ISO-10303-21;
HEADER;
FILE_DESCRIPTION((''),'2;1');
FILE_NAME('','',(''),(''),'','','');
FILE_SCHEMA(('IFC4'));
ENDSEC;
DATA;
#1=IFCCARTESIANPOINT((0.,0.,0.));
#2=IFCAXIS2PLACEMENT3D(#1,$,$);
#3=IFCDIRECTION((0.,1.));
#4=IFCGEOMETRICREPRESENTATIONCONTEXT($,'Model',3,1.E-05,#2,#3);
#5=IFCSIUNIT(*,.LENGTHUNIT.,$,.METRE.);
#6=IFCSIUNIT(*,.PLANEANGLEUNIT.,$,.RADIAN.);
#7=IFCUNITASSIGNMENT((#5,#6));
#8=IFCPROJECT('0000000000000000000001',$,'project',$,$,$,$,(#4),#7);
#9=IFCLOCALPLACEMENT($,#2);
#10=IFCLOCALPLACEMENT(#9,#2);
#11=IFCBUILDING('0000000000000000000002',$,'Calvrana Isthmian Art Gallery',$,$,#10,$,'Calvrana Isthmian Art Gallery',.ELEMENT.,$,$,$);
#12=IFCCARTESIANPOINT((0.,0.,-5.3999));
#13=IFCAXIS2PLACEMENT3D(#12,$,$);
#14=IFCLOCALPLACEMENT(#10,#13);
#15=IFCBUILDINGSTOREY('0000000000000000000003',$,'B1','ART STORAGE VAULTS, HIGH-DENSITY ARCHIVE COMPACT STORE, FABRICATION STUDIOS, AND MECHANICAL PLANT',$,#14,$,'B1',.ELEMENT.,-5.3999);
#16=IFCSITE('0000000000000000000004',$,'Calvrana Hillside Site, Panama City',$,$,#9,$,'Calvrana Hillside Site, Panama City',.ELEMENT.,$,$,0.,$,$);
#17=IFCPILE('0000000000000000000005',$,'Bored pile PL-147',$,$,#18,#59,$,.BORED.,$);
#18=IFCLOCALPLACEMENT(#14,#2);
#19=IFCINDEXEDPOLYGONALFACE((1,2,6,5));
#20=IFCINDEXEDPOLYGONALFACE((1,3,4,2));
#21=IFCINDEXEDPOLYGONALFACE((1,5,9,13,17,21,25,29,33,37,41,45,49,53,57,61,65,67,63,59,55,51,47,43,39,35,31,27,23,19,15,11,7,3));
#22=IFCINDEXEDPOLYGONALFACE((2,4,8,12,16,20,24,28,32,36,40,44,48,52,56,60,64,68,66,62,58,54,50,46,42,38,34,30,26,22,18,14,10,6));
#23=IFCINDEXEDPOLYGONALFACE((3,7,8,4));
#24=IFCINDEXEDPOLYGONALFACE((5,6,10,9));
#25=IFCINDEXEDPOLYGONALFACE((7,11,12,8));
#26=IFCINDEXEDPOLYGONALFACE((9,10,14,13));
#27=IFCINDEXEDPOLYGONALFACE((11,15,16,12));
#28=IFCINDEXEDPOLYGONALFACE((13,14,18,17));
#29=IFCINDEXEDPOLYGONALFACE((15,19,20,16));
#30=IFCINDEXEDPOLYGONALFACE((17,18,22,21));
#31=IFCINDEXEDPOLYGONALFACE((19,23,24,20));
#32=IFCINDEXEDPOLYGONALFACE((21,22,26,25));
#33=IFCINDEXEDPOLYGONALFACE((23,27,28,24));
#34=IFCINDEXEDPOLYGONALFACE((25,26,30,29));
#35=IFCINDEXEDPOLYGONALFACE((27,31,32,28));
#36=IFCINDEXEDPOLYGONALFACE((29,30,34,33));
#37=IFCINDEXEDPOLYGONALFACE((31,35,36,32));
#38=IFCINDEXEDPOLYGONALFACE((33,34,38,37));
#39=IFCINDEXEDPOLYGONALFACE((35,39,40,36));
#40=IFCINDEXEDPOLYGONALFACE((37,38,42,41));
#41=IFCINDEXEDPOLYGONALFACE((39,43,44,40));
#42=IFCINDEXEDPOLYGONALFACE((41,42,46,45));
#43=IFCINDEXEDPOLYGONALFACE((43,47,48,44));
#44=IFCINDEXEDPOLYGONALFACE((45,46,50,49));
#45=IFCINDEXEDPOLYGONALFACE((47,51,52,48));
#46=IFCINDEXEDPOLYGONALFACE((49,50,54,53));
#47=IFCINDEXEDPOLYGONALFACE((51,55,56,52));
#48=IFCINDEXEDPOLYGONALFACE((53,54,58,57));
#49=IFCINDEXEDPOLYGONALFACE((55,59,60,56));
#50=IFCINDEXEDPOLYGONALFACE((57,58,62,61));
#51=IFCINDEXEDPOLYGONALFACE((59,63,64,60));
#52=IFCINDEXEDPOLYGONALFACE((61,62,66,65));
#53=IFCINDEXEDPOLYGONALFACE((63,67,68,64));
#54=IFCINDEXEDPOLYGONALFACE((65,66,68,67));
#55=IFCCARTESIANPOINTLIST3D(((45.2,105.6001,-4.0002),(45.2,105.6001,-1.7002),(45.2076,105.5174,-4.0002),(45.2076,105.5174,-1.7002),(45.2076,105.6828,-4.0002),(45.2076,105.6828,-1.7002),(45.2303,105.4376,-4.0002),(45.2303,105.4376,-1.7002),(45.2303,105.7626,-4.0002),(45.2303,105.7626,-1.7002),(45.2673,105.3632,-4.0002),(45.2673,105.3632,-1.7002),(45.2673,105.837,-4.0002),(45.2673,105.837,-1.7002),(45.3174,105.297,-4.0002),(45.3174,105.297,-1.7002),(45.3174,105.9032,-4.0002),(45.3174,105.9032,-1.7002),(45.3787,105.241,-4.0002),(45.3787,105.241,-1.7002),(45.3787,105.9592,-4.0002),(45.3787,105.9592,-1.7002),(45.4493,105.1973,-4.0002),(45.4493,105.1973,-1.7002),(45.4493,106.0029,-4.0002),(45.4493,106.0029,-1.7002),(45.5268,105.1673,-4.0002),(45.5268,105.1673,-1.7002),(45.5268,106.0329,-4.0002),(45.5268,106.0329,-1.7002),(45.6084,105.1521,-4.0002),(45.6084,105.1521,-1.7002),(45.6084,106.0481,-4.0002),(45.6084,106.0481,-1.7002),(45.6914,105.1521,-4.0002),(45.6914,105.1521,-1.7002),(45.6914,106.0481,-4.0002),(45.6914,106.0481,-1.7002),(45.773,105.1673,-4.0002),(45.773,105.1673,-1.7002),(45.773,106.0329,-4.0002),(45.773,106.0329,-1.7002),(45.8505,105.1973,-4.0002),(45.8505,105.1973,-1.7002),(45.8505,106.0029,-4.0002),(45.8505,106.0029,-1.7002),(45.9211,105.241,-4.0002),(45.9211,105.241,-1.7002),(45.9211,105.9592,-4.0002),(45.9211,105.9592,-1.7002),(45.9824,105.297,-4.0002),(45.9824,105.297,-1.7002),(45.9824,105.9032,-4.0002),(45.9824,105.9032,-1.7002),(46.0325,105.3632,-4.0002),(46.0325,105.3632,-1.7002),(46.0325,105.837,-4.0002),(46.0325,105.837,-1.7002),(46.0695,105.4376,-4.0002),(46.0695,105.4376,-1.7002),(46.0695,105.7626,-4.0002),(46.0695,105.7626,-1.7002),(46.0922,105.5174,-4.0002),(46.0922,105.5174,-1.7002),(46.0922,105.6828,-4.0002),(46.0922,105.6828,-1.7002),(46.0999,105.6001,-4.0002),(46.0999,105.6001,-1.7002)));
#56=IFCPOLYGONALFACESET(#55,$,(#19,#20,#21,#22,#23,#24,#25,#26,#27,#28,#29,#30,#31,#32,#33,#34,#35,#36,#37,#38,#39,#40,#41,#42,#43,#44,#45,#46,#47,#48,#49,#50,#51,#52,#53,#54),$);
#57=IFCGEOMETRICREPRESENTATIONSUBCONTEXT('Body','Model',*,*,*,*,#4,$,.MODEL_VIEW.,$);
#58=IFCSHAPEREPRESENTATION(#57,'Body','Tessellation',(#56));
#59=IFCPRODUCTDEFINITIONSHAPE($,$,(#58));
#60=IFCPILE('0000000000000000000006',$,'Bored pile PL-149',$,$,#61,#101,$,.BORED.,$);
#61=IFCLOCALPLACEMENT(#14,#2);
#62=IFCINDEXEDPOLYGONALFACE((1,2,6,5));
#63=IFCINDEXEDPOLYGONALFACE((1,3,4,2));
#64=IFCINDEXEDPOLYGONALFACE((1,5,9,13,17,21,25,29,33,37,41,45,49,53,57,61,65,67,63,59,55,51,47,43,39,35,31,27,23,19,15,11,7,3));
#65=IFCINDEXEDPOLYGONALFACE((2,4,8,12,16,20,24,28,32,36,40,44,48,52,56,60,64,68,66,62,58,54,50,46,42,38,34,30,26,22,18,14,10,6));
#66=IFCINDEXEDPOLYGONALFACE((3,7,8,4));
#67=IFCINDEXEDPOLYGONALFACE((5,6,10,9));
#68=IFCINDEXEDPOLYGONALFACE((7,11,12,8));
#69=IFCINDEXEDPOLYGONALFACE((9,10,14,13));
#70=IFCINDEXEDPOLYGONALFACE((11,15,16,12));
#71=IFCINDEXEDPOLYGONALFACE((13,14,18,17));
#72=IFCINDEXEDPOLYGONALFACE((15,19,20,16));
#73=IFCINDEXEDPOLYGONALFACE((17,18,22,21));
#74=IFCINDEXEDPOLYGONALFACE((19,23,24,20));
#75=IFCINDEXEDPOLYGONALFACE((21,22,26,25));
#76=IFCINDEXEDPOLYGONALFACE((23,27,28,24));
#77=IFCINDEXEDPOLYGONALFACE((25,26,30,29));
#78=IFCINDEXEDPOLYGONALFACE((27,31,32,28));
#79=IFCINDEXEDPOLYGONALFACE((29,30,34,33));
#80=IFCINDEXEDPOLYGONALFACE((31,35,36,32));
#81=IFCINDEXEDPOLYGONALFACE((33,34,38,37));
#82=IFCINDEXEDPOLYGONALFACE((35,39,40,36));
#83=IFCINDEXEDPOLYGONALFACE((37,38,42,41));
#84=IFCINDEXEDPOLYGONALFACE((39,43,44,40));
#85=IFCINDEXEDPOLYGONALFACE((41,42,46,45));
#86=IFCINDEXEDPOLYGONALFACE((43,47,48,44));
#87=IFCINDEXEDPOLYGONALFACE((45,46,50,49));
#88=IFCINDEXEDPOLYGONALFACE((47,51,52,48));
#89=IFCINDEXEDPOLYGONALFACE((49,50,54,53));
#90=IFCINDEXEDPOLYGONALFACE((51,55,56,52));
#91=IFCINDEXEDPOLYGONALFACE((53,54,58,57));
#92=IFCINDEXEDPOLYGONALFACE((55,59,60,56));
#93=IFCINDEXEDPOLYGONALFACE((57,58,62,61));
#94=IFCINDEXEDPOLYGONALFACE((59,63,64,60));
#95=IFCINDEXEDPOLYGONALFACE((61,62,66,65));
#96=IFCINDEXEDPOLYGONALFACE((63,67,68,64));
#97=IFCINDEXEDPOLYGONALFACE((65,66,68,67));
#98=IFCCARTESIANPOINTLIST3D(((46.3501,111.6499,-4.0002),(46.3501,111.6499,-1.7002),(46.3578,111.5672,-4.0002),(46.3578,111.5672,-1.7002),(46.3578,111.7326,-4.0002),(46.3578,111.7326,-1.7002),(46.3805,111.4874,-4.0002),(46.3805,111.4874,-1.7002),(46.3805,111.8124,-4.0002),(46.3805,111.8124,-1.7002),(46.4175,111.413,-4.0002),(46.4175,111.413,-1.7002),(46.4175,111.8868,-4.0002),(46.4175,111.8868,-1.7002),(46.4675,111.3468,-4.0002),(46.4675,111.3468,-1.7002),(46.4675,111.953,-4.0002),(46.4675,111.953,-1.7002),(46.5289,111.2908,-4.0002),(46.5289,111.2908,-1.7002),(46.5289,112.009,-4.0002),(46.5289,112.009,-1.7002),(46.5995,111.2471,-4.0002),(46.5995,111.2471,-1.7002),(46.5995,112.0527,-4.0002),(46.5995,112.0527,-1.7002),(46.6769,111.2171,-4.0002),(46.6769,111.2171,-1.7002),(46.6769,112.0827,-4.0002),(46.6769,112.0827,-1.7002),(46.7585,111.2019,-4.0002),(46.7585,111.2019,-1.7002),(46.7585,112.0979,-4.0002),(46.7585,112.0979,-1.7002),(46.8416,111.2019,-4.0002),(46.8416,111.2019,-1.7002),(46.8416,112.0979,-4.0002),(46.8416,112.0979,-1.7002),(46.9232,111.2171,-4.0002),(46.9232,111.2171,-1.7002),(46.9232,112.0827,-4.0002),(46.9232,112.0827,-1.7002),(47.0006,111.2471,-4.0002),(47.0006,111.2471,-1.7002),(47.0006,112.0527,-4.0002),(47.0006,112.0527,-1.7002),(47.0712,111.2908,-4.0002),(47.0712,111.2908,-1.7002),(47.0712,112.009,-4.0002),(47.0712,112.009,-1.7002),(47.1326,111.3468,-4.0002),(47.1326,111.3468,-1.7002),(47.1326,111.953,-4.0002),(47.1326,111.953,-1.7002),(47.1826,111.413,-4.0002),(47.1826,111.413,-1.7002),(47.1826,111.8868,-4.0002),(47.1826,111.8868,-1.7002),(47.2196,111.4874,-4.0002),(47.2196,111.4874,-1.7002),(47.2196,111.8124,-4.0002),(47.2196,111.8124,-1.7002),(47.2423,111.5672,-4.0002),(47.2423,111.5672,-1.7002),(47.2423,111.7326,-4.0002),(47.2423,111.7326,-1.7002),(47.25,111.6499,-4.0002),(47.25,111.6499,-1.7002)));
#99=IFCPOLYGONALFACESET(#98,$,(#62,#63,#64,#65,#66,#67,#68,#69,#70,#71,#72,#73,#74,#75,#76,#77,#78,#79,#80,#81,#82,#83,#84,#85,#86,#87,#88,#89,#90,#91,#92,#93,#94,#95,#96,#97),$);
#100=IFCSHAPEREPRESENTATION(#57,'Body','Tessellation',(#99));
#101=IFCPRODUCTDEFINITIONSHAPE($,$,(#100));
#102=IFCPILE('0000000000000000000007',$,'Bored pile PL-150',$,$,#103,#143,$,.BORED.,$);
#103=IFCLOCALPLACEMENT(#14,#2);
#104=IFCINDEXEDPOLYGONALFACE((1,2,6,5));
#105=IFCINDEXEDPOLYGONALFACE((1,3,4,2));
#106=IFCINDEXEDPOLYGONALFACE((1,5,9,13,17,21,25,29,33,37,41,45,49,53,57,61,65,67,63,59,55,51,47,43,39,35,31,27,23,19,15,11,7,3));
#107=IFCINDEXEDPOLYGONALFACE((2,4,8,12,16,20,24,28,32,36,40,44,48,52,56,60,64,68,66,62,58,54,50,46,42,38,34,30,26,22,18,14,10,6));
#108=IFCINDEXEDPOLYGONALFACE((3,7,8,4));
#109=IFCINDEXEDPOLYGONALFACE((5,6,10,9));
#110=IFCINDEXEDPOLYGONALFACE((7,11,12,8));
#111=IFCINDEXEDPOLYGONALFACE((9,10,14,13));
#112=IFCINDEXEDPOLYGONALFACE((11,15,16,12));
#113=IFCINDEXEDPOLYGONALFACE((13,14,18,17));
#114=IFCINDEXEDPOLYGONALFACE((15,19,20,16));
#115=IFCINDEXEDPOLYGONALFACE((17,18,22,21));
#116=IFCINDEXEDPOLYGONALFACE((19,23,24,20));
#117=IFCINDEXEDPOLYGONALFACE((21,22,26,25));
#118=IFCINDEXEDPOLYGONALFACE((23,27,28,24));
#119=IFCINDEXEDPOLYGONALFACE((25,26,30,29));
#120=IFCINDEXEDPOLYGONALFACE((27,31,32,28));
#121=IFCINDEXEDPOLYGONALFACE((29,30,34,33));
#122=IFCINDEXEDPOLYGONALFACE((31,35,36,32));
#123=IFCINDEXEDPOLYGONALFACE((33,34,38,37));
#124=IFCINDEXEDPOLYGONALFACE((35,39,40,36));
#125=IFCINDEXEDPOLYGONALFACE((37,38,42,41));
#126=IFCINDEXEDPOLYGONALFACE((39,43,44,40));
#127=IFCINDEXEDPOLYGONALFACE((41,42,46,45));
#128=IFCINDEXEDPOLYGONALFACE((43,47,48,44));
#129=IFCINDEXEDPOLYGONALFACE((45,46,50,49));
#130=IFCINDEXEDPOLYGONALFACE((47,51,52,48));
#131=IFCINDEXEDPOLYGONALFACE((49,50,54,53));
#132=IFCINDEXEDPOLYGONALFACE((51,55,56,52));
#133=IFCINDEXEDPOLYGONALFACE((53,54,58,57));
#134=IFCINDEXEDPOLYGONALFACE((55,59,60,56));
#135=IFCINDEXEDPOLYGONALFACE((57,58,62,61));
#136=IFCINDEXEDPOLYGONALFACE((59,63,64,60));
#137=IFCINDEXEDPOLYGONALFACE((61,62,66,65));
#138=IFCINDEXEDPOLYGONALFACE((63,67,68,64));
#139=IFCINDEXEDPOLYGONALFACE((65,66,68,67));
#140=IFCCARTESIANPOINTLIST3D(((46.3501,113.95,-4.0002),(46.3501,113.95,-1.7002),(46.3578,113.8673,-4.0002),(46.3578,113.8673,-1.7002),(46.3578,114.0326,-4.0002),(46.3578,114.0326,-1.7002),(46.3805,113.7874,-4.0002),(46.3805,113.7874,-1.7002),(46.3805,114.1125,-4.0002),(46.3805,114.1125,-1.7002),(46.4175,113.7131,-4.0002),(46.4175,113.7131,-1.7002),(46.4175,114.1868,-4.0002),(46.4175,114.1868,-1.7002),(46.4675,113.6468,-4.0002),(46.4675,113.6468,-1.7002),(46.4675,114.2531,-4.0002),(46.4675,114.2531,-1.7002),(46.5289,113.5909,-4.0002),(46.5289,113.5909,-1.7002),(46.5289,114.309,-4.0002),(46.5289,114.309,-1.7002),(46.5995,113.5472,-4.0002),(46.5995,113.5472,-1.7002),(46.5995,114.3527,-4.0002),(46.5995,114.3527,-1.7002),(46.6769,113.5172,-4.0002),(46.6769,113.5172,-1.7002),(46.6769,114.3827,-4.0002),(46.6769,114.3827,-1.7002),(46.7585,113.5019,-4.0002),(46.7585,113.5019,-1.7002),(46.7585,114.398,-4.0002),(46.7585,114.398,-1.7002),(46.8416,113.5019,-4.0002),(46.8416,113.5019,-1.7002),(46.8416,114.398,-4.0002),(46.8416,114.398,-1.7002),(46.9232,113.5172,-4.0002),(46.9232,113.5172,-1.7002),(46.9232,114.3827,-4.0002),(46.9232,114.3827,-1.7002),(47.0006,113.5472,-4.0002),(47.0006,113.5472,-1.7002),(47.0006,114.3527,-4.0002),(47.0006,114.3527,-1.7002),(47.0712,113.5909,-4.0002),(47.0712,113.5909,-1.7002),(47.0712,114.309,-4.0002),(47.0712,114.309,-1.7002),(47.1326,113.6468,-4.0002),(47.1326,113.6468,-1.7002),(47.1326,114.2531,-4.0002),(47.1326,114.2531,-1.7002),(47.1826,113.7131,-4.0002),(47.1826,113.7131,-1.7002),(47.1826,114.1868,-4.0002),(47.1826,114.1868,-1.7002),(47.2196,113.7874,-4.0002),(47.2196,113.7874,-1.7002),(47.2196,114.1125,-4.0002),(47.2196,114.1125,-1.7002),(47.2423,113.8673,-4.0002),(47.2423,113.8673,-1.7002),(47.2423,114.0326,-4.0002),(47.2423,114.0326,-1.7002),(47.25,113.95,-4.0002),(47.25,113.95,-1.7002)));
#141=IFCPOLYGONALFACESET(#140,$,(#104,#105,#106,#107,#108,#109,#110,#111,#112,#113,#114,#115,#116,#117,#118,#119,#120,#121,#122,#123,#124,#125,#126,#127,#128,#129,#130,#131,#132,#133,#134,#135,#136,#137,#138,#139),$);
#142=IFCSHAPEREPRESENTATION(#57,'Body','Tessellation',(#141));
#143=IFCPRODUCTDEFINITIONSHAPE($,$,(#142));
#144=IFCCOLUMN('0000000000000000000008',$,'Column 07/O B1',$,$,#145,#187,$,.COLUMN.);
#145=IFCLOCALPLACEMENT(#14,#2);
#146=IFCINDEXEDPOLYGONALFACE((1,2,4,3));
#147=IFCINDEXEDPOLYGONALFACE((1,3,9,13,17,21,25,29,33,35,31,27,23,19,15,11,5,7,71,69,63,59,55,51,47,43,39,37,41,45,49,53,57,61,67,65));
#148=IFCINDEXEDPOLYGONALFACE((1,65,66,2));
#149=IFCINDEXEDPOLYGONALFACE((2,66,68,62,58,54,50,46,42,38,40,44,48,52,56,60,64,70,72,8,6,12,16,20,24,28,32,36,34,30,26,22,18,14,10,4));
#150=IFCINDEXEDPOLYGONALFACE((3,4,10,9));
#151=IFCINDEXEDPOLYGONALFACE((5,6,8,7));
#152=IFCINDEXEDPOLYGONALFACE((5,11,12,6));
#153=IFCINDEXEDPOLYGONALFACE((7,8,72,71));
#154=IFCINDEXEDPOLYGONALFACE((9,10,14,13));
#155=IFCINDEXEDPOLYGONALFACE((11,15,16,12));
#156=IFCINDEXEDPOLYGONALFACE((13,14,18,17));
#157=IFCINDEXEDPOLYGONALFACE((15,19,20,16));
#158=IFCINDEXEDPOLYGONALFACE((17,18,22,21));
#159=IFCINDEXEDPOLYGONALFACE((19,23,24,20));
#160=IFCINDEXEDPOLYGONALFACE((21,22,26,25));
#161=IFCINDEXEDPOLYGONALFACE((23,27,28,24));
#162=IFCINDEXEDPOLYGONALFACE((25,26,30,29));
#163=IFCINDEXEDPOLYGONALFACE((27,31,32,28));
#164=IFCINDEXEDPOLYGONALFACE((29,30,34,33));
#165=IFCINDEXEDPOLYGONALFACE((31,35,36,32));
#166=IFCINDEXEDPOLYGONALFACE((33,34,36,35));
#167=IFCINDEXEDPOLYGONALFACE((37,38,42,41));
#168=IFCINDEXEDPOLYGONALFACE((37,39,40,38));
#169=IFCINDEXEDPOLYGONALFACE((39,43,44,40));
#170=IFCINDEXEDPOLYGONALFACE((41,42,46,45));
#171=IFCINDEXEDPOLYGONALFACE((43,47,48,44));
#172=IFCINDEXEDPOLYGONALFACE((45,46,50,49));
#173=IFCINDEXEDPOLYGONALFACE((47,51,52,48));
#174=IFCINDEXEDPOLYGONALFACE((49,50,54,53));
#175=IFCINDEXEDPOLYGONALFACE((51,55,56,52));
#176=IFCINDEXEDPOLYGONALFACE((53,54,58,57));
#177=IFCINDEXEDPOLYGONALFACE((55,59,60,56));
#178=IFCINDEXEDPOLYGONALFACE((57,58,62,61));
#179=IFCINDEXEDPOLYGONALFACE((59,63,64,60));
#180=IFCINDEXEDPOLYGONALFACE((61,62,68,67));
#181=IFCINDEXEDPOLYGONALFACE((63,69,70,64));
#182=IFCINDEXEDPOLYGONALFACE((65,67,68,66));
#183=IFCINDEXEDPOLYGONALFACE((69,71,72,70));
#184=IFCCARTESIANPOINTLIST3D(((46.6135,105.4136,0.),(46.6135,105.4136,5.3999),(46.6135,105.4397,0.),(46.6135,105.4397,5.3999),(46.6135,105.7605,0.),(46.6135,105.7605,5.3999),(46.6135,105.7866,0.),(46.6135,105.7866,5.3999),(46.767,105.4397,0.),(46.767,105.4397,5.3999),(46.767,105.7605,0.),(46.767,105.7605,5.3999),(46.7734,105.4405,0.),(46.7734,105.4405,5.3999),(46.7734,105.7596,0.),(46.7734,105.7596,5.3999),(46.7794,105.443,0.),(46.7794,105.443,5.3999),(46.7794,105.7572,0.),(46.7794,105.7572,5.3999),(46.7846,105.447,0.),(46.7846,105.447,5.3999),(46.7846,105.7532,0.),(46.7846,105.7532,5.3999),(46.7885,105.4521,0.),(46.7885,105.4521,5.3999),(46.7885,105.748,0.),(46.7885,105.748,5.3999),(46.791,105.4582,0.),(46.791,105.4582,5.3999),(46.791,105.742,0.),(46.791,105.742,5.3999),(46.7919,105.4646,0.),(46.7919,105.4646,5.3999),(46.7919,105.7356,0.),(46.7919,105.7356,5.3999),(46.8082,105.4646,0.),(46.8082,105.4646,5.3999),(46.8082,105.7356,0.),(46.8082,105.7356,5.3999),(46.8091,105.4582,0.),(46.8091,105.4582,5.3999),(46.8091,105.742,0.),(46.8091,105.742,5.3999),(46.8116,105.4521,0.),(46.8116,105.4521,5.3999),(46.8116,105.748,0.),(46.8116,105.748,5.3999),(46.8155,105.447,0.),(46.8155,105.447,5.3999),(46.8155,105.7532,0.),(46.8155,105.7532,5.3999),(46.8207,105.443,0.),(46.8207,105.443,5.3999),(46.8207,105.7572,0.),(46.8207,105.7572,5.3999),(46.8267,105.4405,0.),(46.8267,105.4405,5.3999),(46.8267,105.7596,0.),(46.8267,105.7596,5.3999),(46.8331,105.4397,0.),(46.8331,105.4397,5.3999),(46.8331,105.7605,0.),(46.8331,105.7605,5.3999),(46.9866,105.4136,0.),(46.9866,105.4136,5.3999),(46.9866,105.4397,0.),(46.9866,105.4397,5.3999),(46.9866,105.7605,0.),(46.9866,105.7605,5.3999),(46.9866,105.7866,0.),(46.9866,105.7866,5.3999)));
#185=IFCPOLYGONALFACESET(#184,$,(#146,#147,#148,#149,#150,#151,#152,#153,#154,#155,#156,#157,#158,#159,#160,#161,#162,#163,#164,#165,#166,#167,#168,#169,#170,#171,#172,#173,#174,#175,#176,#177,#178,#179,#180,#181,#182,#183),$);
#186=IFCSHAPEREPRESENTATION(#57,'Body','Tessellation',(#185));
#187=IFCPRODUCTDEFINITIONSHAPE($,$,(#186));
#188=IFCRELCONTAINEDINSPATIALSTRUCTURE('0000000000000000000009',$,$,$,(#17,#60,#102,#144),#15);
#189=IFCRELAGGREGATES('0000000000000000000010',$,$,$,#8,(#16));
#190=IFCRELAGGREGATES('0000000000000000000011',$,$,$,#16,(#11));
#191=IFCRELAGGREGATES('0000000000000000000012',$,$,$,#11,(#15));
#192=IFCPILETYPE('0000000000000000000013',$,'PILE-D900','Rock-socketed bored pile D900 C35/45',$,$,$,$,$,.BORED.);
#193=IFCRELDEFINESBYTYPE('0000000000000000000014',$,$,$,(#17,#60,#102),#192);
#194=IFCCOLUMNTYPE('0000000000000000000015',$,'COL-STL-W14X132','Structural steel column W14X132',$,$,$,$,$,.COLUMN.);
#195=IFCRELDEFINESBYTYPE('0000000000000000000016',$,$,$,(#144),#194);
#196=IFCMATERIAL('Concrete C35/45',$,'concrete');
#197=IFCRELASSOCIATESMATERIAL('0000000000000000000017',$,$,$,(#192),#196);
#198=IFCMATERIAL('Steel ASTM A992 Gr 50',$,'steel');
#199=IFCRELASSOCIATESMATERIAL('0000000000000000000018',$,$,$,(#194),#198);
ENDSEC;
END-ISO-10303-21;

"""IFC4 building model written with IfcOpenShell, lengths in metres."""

from ifc_helpers import new_model, si_unit, direction, frame, origin, origin_2d, place, context, subcontext, project, spatial, circle, i_section, extrude, material, material_profile, profile_set, type_object, element, save


model = new_model("IFC4")

# Units and contexts
model_context = context("Model", 3, precision=1e-05, world=origin(), true_north=direction((0.0, 1.0)))
body_context = subcontext(model_context, "Body", "Model", "MODEL_VIEW")
ifc_project = project(units=[si_unit("LENGTHUNIT", "METRE"), si_unit("PLANEANGLEUNIT", "RADIAN")], contexts=[model_context])

# Site, building, storey
site_placement = place(None, origin())
site = spatial("IfcSite", under=ifc_project, at=site_placement, Name="Calvrana Hillside Site, Panama City", LongName="Calvrana Hillside Site, Panama City", CompositionType="ELEMENT", RefElevation=0.0)
building_placement = place(site_placement, origin())
building = spatial("IfcBuilding", under=site, at=building_placement, Name="Calvrana Isthmian Art Gallery", LongName="Calvrana Isthmian Art Gallery", CompositionType="ELEMENT")
storey_placement = place(building_placement, frame((0.0, 0.0, -5.3999)))
storey = spatial("IfcBuildingStorey", under=building, at=storey_placement, Name="B1", Description="ART STORAGE VAULTS, HIGH-DENSITY ARCHIVE COMPACT STORE, FABRICATION STUDIOS, AND MECHANICAL PLANT", LongName="B1", CompositionType="ELEMENT", Elevation=-5.3999)

# Shared definitions
ifc_material_1 = material(Name="Concrete C35/45", Category="concrete")

# Piles
ifc_material_profile_1 = material_profile(ifc_material_1, circle(Radius=0.45, at=origin_2d()), Name="PILE900D")
ifc_profile_set_1 = profile_set([ifc_material_profile_1], Name="Concrete C35/45")
pile_type_1 = type_object("IfcPileType", Name="PILE-D900", Description="Rock-socketed bored pile D900 C35/45", PredefinedType="BORED", material=ifc_profile_set_1)
for number, where, z_axis, x_axis, name in (
    (1, (45.6499, 105.6001, -1.7002), (0.0, 0.0, -1.0), (1.0, 0.0, 0.0), "Bored pile PL-147"),
    (2, (46.8, 111.6499, -1.7002), (0.0, 0.0, -1.0), (1.0, 0.0, 0.0), "Bored pile PL-149"),
    (3, (46.8, 113.95, -1.7002), (0.0, 0.0, -1.0), (1.0, 0.0, 0.0), "Bored pile PL-150"),
):
    element("IfcPile", number, at=place(storey_placement, frame(where, z_axis=z_axis, x_axis=x_axis)), inside=storey, type_object=pile_type_1, Name=name, PredefinedType="BORED", context=body_context, shape_type="SweptSolid", body=[
        extrude(circle(Radius=0.45, at=origin_2d()), origin(), (0.0, 0.0, 1.0), 2.3),
    ])

# Column
ifc_material_2 = material(Name="Steel ASTM A992 Gr 50", Category="steel")
ifc_material_profile_2 = material_profile(ifc_material_2, i_section(OverallWidth=0.373, OverallDepth=0.373, WebThickness=0.0164, FlangeThickness=0.0261, FilletRadius=0.0249, at=origin_2d()), Name="W14X132")
ifc_profile_set_2 = profile_set([ifc_material_profile_2], Name="Steel ASTM A992 Gr 50")
column_type_1 = type_object("IfcColumnType", Name="COL-STL-W14X132", Description="Structural steel column W14X132", PredefinedType="COLUMN", material=ifc_profile_set_2)
column_1_placement = place(storey_placement, frame((46.8, 105.6001, 0.0), z_axis=(0.0, 0.0, 1.0), x_axis=(1.0, 0.0, 0.0)))
element("IfcColumn", 4, at=column_1_placement, inside=storey, type_object=column_type_1, Name="Column 07/O B1", PredefinedType="COLUMN", context=body_context, shape_type="SweptSolid", body=[
    extrude(i_section(OverallWidth=0.373, OverallDepth=0.373, WebThickness=0.0164, FlangeThickness=0.0261, FilletRadius=0.0249, at=origin_2d()), origin(), (0.0, 0.0, 1.0), 5.3999),
])

save(model, "model.ifc")
